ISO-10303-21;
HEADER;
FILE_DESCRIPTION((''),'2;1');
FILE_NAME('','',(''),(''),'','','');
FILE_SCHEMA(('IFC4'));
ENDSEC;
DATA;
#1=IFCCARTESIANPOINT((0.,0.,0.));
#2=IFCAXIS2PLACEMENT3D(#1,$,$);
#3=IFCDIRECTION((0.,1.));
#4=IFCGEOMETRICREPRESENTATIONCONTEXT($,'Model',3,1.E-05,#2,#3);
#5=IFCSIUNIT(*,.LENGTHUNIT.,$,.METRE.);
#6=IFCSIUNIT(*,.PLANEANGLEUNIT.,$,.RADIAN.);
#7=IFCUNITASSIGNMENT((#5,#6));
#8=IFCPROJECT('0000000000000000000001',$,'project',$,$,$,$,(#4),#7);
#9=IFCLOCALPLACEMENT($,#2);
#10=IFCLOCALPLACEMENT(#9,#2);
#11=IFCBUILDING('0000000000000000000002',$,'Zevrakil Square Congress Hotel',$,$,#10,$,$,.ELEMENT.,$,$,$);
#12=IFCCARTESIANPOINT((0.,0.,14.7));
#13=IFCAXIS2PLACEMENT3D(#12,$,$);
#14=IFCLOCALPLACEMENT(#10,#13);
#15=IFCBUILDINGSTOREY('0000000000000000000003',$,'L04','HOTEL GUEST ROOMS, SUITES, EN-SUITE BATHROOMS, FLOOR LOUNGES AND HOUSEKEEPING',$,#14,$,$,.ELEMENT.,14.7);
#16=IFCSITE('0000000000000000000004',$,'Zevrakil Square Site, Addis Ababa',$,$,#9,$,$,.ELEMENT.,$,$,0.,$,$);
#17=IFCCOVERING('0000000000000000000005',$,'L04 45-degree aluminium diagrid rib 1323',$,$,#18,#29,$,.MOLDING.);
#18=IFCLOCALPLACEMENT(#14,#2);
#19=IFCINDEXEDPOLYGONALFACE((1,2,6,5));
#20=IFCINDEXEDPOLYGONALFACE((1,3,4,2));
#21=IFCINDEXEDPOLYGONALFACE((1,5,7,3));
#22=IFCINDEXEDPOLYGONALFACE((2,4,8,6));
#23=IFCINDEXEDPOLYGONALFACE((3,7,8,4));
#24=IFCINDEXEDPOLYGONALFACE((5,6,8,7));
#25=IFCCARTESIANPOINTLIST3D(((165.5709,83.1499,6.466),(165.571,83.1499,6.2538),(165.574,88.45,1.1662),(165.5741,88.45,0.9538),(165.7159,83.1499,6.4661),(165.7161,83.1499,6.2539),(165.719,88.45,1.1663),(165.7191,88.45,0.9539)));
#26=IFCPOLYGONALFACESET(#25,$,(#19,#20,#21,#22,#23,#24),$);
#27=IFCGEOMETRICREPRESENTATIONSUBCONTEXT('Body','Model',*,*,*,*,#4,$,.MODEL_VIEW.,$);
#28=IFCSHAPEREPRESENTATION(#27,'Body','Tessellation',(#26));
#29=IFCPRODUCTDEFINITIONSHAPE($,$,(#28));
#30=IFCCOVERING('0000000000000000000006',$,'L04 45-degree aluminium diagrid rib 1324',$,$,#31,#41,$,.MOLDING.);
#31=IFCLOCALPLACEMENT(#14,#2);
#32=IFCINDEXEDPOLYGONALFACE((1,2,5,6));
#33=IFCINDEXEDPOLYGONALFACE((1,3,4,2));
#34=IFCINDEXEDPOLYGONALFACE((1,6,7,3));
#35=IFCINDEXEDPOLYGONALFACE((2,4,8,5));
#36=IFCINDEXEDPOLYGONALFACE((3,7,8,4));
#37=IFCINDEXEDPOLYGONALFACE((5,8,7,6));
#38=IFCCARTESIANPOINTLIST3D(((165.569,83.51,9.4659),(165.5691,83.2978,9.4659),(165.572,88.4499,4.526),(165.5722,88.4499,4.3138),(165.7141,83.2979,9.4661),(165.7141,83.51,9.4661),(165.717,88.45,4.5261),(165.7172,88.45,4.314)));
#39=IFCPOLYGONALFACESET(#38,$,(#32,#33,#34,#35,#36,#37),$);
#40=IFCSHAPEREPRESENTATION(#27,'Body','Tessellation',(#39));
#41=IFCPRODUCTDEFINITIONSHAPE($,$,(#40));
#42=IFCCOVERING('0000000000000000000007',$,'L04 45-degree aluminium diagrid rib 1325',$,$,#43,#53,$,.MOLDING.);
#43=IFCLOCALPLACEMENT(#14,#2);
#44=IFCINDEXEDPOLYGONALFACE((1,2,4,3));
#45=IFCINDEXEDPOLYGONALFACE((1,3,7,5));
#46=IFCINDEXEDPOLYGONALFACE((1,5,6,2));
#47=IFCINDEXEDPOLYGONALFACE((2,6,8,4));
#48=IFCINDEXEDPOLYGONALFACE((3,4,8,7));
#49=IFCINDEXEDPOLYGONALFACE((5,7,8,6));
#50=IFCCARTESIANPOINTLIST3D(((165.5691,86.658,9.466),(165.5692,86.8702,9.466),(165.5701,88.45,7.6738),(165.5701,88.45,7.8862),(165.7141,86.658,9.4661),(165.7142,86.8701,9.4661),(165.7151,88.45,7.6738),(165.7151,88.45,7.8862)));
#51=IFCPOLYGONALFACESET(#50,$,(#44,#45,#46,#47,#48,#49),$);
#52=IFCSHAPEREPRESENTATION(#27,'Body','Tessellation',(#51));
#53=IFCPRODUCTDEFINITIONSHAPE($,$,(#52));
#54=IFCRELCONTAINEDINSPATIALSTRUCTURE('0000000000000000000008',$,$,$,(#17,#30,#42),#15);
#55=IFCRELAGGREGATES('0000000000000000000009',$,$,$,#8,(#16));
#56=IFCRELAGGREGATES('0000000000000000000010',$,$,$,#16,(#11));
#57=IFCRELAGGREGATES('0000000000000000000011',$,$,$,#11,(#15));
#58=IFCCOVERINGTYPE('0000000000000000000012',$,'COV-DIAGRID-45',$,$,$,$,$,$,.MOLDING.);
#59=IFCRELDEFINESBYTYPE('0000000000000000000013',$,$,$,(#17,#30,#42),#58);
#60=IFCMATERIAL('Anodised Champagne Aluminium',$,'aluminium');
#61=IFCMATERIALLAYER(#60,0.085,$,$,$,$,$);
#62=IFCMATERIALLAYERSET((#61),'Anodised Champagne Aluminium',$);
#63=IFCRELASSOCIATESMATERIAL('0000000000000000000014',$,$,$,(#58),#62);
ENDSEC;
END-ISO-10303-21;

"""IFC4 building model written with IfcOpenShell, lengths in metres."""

from ifc_helpers import new_model, si_unit, direction, frame, origin, place, context, subcontext, project, spatial, polyline, outline, extrude, material, layer, layer_set, type_object, element, save


model = new_model("IFC4")

# Units and contexts
model_context = context("Model", 3, precision=1e-05, world=origin(), true_north=direction((0.0, 1.0)))
body_context = subcontext(model_context, "Body", "Model", "MODEL_VIEW")
ifc_project = project(units=[si_unit("LENGTHUNIT", "METRE"), si_unit("PLANEANGLEUNIT", "RADIAN")], contexts=[model_context])

# Site, building, storey
site_placement = place(None, origin())
site = spatial("IfcSite", under=ifc_project, at=site_placement, Name="Zevrakil Square Site, Addis Ababa", CompositionType="ELEMENT", RefElevation=0.0)
building_placement = place(site_placement, origin())
building = spatial("IfcBuilding", under=site, at=building_placement, Name="Zevrakil Square Congress Hotel", CompositionType="ELEMENT")
storey_placement = place(building_placement, frame((0.0, 0.0, 14.7)))
storey = spatial("IfcBuildingStorey", under=building, at=storey_placement, Name="L04", Description="HOTEL GUEST ROOMS, SUITES, EN-SUITE BATHROOMS, FLOOR LOUNGES AND HOUSEKEEPING", CompositionType="ELEMENT", Elevation=14.7)

# Coverings
ifc_material_1 = material(Name="Anodised Champagne Aluminium", Category="aluminium")
ifc_layer_1 = layer(ifc_material_1, 0.085)
ifc_layer_set_1 = layer_set([ifc_layer_1], Name="Anodised Champagne Aluminium")
covering_type_1 = type_object("IfcCoveringType", Name="COV-DIAGRID-45", PredefinedType="MOLDING", material=ifc_layer_set_1)
covering_1_placement = place(storey_placement, frame((165.7161, 83.1499, 6.2539), z_axis=(1.0, -0.000001, 0.000575), x_axis=(-0.000575, 0.0, 1.0)))
element("IfcCovering", 1, at=covering_1_placement, inside=storey, type_object=covering_type_1, Name="L04 45-degree aluminium diagrid rib 1323", PredefinedType="MOLDING", context=body_context, shape_type="SweptSolid", body=[
    extrude(outline(polyline([(0.0, 0.0), (0.2122, 0.0), (-5.0876, -5.3), (-5.3, -5.3), (0.0, 0.0)])), origin(), (0.0, 0.0, -1.0), 0.145),
])
covering_2_placement = place(storey_placement, frame((165.7141, 83.2979, 9.4661), z_axis=(1.0, 0.000273, 0.000878), x_axis=(-0.000273, 1.0, 0.0)))
element("IfcCovering", 2, at=covering_2_placement, inside=storey, type_object=covering_type_1, Name="L04 45-degree aluminium diagrid rib 1324", PredefinedType="MOLDING", context=body_context, shape_type="SweptSolid", body=[
    extrude(outline(polyline([(0.0, 0.0), (0.2122, 0.0), (5.1521, -4.9399), (5.1521, -5.1521), (0.0, 0.0)])), origin(), (0.0, 0.0, -1.0), 0.145),
])
covering_3_placement = place(storey_placement, frame((165.7141, 86.658, 9.4661), z_axis=(1.0, -0.00029, 0.000289), x_axis=(0.00029, 1.0, 0.0)))
element("IfcCovering", 3, at=covering_3_placement, inside=storey, type_object=covering_type_1, Name="L04 45-degree aluminium diagrid rib 1325", PredefinedType="MOLDING", context=body_context, shape_type="SweptSolid", body=[
    extrude(outline(polyline([(0.0, 0.0), (0.2122, 0.0), (1.792, -1.5798), (1.792, -1.7922), (0.0, 0.0)])), origin(), (0.0, 0.0, -1.0), 0.145),
])

save(model, "model.ifc")
